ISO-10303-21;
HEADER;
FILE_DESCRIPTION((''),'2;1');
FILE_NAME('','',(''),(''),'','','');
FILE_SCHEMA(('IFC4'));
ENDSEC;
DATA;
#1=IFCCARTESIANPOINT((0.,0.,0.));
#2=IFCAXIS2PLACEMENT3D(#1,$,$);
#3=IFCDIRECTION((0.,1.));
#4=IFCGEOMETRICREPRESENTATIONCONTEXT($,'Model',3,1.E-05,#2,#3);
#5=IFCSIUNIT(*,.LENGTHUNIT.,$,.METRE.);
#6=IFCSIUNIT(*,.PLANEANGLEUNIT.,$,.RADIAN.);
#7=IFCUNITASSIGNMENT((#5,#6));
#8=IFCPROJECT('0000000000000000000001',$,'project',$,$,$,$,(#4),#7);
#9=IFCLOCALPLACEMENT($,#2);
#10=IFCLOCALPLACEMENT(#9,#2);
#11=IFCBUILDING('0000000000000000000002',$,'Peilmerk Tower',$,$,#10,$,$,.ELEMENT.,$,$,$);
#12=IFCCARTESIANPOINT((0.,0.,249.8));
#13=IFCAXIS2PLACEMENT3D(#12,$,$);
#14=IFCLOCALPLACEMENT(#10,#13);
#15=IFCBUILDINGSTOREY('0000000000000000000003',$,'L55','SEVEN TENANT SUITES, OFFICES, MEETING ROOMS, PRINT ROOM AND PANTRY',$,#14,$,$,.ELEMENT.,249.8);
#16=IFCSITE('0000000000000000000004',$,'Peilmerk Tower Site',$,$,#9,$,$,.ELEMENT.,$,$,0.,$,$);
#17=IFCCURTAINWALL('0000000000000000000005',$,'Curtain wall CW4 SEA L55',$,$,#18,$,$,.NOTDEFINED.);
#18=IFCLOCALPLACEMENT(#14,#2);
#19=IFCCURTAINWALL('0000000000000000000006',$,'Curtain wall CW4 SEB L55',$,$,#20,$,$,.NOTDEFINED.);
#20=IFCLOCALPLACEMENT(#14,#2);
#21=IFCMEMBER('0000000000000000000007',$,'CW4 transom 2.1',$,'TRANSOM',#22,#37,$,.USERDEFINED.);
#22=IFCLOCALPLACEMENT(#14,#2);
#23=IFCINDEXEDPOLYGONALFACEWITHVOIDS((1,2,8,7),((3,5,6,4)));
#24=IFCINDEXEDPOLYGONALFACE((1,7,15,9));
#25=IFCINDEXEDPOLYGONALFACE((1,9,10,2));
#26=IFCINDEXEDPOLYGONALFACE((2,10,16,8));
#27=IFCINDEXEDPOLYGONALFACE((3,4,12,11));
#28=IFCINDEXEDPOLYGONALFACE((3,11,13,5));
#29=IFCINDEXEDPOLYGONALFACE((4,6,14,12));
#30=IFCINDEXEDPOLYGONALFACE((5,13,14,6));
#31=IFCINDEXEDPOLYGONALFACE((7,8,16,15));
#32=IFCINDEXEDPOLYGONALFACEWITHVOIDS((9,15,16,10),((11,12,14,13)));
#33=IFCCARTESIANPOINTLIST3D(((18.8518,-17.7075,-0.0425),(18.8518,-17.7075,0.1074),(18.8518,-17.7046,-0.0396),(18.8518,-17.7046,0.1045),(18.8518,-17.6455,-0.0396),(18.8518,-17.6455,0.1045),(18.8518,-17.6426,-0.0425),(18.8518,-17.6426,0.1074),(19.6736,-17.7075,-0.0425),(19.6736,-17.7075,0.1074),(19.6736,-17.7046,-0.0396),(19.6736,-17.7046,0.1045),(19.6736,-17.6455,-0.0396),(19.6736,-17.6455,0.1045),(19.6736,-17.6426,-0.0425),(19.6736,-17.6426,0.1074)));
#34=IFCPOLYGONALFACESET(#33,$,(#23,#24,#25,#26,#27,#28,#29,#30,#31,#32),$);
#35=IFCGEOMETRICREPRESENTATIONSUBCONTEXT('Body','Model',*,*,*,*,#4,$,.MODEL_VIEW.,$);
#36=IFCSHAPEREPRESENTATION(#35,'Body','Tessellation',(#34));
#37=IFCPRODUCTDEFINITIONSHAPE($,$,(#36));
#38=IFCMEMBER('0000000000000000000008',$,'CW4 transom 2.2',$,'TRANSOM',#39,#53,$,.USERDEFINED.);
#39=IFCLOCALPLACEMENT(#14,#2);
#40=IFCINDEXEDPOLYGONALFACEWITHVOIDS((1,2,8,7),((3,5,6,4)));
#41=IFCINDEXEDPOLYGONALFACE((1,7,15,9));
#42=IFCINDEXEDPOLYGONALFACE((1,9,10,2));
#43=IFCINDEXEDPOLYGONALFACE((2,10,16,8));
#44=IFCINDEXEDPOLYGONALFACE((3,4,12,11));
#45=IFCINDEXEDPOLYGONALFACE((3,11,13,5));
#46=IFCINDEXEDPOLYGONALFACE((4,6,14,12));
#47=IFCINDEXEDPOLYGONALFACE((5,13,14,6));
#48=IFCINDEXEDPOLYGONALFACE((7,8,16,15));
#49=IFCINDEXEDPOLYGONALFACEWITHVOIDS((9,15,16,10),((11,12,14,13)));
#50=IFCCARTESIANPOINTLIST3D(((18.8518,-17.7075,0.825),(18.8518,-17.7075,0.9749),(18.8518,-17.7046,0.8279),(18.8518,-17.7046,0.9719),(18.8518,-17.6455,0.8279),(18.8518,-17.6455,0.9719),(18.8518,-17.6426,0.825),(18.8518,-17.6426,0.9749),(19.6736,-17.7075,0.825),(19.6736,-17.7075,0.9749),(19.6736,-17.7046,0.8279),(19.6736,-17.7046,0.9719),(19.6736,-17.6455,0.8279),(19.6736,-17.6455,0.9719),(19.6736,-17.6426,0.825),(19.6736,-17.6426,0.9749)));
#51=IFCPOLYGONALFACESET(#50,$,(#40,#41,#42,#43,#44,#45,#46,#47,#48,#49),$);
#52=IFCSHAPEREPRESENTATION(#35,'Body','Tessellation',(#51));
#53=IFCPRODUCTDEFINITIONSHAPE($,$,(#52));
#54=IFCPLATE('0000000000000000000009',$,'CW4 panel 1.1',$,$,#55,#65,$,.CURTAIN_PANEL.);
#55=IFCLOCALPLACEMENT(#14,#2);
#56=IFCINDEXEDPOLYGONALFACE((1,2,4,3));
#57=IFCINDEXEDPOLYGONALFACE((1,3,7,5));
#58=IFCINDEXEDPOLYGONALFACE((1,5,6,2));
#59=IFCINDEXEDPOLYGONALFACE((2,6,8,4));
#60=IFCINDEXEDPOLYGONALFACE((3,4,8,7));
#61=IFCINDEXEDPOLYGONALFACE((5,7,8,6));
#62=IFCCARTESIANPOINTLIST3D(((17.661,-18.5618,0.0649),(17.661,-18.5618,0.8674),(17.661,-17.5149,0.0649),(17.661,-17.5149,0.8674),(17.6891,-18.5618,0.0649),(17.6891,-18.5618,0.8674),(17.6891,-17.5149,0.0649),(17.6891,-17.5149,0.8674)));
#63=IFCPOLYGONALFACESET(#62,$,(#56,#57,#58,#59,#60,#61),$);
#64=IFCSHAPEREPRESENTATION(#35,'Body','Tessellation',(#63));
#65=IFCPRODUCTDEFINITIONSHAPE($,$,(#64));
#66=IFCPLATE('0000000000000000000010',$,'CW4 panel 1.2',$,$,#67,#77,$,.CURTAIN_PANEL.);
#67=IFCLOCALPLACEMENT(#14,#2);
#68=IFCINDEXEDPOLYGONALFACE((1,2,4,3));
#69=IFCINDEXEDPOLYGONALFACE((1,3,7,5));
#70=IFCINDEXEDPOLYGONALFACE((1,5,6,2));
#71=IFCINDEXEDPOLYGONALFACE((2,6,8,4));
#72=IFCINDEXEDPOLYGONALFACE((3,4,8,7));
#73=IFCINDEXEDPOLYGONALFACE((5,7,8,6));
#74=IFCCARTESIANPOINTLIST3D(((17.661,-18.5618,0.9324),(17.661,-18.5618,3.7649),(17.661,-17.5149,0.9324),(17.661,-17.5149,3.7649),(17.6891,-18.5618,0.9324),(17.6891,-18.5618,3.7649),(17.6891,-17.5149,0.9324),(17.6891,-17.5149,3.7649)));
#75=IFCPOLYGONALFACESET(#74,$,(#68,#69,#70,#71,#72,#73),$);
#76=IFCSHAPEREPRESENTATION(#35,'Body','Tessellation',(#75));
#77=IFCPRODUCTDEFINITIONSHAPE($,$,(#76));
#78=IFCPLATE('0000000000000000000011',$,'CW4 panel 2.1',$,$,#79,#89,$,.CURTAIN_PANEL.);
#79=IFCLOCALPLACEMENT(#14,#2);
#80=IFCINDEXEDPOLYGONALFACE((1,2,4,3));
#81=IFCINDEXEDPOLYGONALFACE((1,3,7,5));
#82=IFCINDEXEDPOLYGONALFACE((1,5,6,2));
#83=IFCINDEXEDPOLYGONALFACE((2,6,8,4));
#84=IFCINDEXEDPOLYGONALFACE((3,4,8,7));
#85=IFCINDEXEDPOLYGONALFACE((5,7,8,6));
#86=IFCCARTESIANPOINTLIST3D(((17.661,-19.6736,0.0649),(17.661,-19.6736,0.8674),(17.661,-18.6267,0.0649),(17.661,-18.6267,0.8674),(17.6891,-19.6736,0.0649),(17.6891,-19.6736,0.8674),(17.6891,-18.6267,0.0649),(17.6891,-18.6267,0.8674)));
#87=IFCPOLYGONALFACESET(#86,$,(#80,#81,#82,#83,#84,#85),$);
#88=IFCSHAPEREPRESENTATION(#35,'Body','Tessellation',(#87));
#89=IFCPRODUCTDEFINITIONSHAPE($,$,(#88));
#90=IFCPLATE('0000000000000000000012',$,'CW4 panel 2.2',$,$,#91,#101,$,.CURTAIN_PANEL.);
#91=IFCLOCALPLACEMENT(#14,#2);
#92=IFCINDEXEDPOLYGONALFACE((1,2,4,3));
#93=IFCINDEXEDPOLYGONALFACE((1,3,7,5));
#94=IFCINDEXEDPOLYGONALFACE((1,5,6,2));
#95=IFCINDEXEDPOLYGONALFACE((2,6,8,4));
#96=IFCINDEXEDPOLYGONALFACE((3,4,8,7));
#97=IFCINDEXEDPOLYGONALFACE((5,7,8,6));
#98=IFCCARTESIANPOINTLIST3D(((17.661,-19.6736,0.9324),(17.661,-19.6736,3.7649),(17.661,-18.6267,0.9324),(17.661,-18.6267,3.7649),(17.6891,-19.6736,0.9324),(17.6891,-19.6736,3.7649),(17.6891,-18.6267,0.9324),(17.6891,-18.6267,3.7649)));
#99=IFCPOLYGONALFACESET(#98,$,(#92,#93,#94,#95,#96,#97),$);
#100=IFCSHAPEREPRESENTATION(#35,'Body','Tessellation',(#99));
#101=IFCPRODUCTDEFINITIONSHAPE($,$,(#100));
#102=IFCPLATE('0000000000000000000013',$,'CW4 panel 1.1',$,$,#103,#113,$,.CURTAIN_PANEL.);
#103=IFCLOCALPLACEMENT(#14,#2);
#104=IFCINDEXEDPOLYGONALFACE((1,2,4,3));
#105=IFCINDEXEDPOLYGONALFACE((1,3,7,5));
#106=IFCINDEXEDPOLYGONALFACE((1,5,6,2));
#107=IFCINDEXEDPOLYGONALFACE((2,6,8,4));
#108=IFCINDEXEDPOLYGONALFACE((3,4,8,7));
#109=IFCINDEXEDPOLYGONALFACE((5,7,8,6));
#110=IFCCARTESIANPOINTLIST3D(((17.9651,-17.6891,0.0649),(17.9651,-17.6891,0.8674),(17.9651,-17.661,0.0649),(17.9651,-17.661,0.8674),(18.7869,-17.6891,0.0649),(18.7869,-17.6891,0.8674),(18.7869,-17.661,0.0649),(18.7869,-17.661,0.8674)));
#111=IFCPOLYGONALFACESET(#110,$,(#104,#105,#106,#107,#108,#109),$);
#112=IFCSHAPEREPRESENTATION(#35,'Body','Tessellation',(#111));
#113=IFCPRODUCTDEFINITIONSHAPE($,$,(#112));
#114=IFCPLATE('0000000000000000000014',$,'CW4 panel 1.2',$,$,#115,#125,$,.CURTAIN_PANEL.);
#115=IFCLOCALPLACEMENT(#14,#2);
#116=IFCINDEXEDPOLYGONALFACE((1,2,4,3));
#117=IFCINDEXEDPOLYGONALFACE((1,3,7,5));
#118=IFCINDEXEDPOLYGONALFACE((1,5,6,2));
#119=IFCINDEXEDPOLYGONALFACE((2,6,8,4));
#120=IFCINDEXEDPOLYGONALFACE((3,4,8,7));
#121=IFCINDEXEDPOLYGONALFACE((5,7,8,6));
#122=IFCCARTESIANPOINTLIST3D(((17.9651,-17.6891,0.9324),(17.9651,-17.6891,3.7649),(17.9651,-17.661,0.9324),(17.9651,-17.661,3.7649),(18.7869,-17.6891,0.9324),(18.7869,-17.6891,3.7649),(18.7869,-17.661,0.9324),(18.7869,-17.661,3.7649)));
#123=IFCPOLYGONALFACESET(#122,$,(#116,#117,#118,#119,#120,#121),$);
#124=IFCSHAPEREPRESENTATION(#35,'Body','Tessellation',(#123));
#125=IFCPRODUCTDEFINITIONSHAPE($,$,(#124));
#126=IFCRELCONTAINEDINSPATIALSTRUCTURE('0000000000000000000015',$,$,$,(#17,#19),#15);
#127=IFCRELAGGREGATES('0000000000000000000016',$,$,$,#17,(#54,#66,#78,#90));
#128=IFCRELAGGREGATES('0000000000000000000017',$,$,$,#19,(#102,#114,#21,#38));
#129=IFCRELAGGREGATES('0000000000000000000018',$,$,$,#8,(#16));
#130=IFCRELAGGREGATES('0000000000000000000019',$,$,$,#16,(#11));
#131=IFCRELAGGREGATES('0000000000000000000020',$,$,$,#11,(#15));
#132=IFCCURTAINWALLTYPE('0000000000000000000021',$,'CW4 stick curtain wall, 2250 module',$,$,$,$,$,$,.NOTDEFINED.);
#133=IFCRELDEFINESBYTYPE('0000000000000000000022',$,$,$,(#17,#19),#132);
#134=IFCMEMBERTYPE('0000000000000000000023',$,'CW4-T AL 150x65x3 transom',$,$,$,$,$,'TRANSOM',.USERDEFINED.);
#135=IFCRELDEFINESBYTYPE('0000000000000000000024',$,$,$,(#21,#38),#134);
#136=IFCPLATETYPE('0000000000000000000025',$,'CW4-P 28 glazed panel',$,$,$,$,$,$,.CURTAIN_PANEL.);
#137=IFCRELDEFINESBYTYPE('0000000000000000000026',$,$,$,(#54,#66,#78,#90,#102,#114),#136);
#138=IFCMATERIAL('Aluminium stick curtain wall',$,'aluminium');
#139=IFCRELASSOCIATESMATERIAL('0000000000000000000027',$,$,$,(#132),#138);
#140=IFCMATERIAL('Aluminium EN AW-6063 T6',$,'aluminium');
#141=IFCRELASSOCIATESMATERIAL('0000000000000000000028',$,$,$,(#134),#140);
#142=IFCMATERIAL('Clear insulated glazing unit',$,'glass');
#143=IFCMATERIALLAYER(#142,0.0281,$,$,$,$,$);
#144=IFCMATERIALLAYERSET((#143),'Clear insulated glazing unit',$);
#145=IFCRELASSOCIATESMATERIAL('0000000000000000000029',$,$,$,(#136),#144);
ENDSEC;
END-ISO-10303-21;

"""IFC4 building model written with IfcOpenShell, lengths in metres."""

from ifc_helpers import new_model, si_unit, direction, frame, origin, origin_2d, place, context, subcontext, project, spatial, rectangle, hollow_rectangle, extrude, material, layer, layer_set, material_profile, profile_set, type_object, element, aggregate, save


model = new_model("IFC4")

# Units and contexts
model_context = context("Model", 3, precision=1e-05, world=origin(), true_north=direction((0.0, 1.0)))
body_context = subcontext(model_context, "Body", "Model", "MODEL_VIEW")
ifc_project = project(units=[si_unit("LENGTHUNIT", "METRE"), si_unit("PLANEANGLEUNIT", "RADIAN")], contexts=[model_context])

# Site, building, storey
site_placement = place(None, origin())
site = spatial("IfcSite", under=ifc_project, at=site_placement, Name="Peilmerk Tower Site", CompositionType="ELEMENT", RefElevation=0.0)
building_placement = place(site_placement, origin())
building = spatial("IfcBuilding", under=site, at=building_placement, Name="Peilmerk Tower", CompositionType="ELEMENT")
storey_placement = place(building_placement, frame((0.0, 0.0, 249.8)))
storey = spatial("IfcBuildingStorey", under=building, at=storey_placement, Name="L55", Description="SEVEN TENANT SUITES, OFFICES, MEETING ROOMS, PRINT ROOM AND PANTRY", CompositionType="ELEMENT", Elevation=249.8)

# Curtain walls
ifc_material_1 = material(Name="Aluminium stick curtain wall", Category="aluminium")
curtain_wall_type = type_object("IfcCurtainWallType", Name="CW4 stick curtain wall, 2250 module", PredefinedType="NOTDEFINED", material=ifc_material_1)
curtain_wall_1_placement = place(storey_placement, origin())
curtain_wall_1 = element("IfcCurtainWall", 1, at=curtain_wall_1_placement, inside=storey, type_object=curtain_wall_type, Name="Curtain wall CW4 SEA L55", PredefinedType="NOTDEFINED")
ifc_material_2 = material(Name="Aluminium EN AW-6063 T6", Category="aluminium")
curtain_wall_2_placement = place(storey_placement, origin())
curtain_wall_2 = element("IfcCurtainWall", 2, at=curtain_wall_2_placement, inside=storey, type_object=curtain_wall_type, Name="Curtain wall CW4 SEB L55", PredefinedType="NOTDEFINED")

# Members
ifc_material_profile_1 = material_profile(ifc_material_2, hollow_rectangle(XDim=0.0649, YDim=0.1499, WallThickness=0.0029, at=origin_2d()), Name="AL 150x65x3")
ifc_profile_set_1 = profile_set([ifc_material_profile_1], Name="Aluminium EN AW-6063 T6")
member_type_1 = type_object("IfcMemberType", Name="CW4-T AL 150x65x3 transom", ElementType="TRANSOM", PredefinedType="USERDEFINED", material=ifc_profile_set_1)
member_1_placement = place(storey_placement, frame((18.8518, -17.675, 0.0325), z_axis=(1.0, 0.0, 0.0), x_axis=(0.0, 1.0, 0.0)))
member_1 = element("IfcMember", 3, at=member_1_placement, type_object=member_type_1, Name="CW4 transom 2.1", ObjectType="TRANSOM", PredefinedType="USERDEFINED", context=body_context, shape_type="SweptSolid", body=[
    extrude(hollow_rectangle(XDim=0.0649, YDim=0.1499, WallThickness=0.0029, at=origin_2d()), origin(), (0.0, 0.0, 1.0), 0.8218),
])
member_2_placement = place(storey_placement, frame((18.8518, -17.675, 0.8999), z_axis=(1.0, 0.0, 0.0), x_axis=(0.0, 1.0, 0.0)))
member_2 = element("IfcMember", 4, at=member_2_placement, type_object=member_type_1, Name="CW4 transom 2.2", ObjectType="TRANSOM", PredefinedType="USERDEFINED", context=body_context, shape_type="SweptSolid", body=[
    extrude(hollow_rectangle(XDim=0.0649, YDim=0.1499, WallThickness=0.0029, at=origin_2d()), origin(), (0.0, 0.0, 1.0), 0.8218),
])

# Plates
ifc_material_3 = material(Name="Clear insulated glazing unit", Category="glass")
ifc_layer_1 = layer(ifc_material_3, 0.0281)
ifc_layer_set_1 = layer_set([ifc_layer_1], Name="Clear insulated glazing unit")
plate_type = type_object("IfcPlateType", Name="CW4-P 28 glazed panel", PredefinedType="CURTAIN_PANEL", material=ifc_layer_set_1)
plate_1_placement = place(storey_placement, frame((17.675, -18.0383, 0.0649), z_axis=(0.0, 0.0, 1.0), x_axis=(0.0, -1.0, 0.0)))
plate_1 = element("IfcPlate", 5, at=plate_1_placement, type_object=plate_type, Name="CW4 panel 1.1", PredefinedType="CURTAIN_PANEL", context=body_context, shape_type="SweptSolid", body=[
    extrude(rectangle(XDim=1.0469, YDim=0.0281, at=origin_2d()), origin(), (0.0, 0.0, 1.0), 0.8025),
])
plate_2_placement = place(storey_placement, frame((17.675, -18.0383, 0.9324), z_axis=(0.0, 0.0, 1.0), x_axis=(0.0, -1.0, 0.0)))
plate_2 = element("IfcPlate", 6, at=plate_2_placement, type_object=plate_type, Name="CW4 panel 1.2", PredefinedType="CURTAIN_PANEL", context=body_context, shape_type="SweptSolid", body=[
    extrude(rectangle(XDim=1.0469, YDim=0.0281, at=origin_2d()), origin(), (0.0, 0.0, 1.0), 2.8325),
])
plate_3_placement = place(storey_placement, frame((17.675, -19.1501, 0.0649), z_axis=(0.0, 0.0, 1.0), x_axis=(0.0, -1.0, 0.0)))
plate_3 = element("IfcPlate", 7, at=plate_3_placement, type_object=plate_type, Name="CW4 panel 2.1", PredefinedType="CURTAIN_PANEL", context=body_context, shape_type="SweptSolid", body=[
    extrude(rectangle(XDim=1.0469, YDim=0.0281, at=origin_2d()), origin(), (0.0, 0.0, 1.0), 0.8025),
])
plate_4_placement = place(storey_placement, frame((17.675, -19.1501, 0.9324), z_axis=(0.0, 0.0, 1.0), x_axis=(0.0, -1.0, 0.0)))
plate_4 = element("IfcPlate", 8, at=plate_4_placement, type_object=plate_type, Name="CW4 panel 2.2", PredefinedType="CURTAIN_PANEL", context=body_context, shape_type="SweptSolid", body=[
    extrude(rectangle(XDim=1.0469, YDim=0.0281, at=origin_2d()), origin(), (0.0, 0.0, 1.0), 2.8325),
])
aggregate(curtain_wall_1, [plate_1, plate_2, plate_3, plate_4])
plate_5_placement = place(storey_placement, frame((18.376, -17.675, 0.0649), z_axis=(0.0, 0.0, 1.0), x_axis=(1.0, 0.0, 0.0)))
plate_5 = element("IfcPlate", 9, at=plate_5_placement, type_object=plate_type, Name="CW4 panel 1.1", PredefinedType="CURTAIN_PANEL", context=body_context, shape_type="SweptSolid", body=[
    extrude(rectangle(XDim=0.8218, YDim=0.0281, at=origin_2d()), origin(), (0.0, 0.0, 1.0), 0.8025),
])
plate_6_placement = place(storey_placement, frame((18.376, -17.675, 0.9324), z_axis=(0.0, 0.0, 1.0), x_axis=(1.0, 0.0, 0.0)))
plate_6 = element("IfcPlate", 10, at=plate_6_placement, type_object=plate_type, Name="CW4 panel 1.2", PredefinedType="CURTAIN_PANEL", context=body_context, shape_type="SweptSolid", body=[
    extrude(rectangle(XDim=0.8218, YDim=0.0281, at=origin_2d()), origin(), (0.0, 0.0, 1.0), 2.8325),
])
aggregate(curtain_wall_2, [plate_5, plate_6, member_1, member_2])

save(model, "model.ifc")
